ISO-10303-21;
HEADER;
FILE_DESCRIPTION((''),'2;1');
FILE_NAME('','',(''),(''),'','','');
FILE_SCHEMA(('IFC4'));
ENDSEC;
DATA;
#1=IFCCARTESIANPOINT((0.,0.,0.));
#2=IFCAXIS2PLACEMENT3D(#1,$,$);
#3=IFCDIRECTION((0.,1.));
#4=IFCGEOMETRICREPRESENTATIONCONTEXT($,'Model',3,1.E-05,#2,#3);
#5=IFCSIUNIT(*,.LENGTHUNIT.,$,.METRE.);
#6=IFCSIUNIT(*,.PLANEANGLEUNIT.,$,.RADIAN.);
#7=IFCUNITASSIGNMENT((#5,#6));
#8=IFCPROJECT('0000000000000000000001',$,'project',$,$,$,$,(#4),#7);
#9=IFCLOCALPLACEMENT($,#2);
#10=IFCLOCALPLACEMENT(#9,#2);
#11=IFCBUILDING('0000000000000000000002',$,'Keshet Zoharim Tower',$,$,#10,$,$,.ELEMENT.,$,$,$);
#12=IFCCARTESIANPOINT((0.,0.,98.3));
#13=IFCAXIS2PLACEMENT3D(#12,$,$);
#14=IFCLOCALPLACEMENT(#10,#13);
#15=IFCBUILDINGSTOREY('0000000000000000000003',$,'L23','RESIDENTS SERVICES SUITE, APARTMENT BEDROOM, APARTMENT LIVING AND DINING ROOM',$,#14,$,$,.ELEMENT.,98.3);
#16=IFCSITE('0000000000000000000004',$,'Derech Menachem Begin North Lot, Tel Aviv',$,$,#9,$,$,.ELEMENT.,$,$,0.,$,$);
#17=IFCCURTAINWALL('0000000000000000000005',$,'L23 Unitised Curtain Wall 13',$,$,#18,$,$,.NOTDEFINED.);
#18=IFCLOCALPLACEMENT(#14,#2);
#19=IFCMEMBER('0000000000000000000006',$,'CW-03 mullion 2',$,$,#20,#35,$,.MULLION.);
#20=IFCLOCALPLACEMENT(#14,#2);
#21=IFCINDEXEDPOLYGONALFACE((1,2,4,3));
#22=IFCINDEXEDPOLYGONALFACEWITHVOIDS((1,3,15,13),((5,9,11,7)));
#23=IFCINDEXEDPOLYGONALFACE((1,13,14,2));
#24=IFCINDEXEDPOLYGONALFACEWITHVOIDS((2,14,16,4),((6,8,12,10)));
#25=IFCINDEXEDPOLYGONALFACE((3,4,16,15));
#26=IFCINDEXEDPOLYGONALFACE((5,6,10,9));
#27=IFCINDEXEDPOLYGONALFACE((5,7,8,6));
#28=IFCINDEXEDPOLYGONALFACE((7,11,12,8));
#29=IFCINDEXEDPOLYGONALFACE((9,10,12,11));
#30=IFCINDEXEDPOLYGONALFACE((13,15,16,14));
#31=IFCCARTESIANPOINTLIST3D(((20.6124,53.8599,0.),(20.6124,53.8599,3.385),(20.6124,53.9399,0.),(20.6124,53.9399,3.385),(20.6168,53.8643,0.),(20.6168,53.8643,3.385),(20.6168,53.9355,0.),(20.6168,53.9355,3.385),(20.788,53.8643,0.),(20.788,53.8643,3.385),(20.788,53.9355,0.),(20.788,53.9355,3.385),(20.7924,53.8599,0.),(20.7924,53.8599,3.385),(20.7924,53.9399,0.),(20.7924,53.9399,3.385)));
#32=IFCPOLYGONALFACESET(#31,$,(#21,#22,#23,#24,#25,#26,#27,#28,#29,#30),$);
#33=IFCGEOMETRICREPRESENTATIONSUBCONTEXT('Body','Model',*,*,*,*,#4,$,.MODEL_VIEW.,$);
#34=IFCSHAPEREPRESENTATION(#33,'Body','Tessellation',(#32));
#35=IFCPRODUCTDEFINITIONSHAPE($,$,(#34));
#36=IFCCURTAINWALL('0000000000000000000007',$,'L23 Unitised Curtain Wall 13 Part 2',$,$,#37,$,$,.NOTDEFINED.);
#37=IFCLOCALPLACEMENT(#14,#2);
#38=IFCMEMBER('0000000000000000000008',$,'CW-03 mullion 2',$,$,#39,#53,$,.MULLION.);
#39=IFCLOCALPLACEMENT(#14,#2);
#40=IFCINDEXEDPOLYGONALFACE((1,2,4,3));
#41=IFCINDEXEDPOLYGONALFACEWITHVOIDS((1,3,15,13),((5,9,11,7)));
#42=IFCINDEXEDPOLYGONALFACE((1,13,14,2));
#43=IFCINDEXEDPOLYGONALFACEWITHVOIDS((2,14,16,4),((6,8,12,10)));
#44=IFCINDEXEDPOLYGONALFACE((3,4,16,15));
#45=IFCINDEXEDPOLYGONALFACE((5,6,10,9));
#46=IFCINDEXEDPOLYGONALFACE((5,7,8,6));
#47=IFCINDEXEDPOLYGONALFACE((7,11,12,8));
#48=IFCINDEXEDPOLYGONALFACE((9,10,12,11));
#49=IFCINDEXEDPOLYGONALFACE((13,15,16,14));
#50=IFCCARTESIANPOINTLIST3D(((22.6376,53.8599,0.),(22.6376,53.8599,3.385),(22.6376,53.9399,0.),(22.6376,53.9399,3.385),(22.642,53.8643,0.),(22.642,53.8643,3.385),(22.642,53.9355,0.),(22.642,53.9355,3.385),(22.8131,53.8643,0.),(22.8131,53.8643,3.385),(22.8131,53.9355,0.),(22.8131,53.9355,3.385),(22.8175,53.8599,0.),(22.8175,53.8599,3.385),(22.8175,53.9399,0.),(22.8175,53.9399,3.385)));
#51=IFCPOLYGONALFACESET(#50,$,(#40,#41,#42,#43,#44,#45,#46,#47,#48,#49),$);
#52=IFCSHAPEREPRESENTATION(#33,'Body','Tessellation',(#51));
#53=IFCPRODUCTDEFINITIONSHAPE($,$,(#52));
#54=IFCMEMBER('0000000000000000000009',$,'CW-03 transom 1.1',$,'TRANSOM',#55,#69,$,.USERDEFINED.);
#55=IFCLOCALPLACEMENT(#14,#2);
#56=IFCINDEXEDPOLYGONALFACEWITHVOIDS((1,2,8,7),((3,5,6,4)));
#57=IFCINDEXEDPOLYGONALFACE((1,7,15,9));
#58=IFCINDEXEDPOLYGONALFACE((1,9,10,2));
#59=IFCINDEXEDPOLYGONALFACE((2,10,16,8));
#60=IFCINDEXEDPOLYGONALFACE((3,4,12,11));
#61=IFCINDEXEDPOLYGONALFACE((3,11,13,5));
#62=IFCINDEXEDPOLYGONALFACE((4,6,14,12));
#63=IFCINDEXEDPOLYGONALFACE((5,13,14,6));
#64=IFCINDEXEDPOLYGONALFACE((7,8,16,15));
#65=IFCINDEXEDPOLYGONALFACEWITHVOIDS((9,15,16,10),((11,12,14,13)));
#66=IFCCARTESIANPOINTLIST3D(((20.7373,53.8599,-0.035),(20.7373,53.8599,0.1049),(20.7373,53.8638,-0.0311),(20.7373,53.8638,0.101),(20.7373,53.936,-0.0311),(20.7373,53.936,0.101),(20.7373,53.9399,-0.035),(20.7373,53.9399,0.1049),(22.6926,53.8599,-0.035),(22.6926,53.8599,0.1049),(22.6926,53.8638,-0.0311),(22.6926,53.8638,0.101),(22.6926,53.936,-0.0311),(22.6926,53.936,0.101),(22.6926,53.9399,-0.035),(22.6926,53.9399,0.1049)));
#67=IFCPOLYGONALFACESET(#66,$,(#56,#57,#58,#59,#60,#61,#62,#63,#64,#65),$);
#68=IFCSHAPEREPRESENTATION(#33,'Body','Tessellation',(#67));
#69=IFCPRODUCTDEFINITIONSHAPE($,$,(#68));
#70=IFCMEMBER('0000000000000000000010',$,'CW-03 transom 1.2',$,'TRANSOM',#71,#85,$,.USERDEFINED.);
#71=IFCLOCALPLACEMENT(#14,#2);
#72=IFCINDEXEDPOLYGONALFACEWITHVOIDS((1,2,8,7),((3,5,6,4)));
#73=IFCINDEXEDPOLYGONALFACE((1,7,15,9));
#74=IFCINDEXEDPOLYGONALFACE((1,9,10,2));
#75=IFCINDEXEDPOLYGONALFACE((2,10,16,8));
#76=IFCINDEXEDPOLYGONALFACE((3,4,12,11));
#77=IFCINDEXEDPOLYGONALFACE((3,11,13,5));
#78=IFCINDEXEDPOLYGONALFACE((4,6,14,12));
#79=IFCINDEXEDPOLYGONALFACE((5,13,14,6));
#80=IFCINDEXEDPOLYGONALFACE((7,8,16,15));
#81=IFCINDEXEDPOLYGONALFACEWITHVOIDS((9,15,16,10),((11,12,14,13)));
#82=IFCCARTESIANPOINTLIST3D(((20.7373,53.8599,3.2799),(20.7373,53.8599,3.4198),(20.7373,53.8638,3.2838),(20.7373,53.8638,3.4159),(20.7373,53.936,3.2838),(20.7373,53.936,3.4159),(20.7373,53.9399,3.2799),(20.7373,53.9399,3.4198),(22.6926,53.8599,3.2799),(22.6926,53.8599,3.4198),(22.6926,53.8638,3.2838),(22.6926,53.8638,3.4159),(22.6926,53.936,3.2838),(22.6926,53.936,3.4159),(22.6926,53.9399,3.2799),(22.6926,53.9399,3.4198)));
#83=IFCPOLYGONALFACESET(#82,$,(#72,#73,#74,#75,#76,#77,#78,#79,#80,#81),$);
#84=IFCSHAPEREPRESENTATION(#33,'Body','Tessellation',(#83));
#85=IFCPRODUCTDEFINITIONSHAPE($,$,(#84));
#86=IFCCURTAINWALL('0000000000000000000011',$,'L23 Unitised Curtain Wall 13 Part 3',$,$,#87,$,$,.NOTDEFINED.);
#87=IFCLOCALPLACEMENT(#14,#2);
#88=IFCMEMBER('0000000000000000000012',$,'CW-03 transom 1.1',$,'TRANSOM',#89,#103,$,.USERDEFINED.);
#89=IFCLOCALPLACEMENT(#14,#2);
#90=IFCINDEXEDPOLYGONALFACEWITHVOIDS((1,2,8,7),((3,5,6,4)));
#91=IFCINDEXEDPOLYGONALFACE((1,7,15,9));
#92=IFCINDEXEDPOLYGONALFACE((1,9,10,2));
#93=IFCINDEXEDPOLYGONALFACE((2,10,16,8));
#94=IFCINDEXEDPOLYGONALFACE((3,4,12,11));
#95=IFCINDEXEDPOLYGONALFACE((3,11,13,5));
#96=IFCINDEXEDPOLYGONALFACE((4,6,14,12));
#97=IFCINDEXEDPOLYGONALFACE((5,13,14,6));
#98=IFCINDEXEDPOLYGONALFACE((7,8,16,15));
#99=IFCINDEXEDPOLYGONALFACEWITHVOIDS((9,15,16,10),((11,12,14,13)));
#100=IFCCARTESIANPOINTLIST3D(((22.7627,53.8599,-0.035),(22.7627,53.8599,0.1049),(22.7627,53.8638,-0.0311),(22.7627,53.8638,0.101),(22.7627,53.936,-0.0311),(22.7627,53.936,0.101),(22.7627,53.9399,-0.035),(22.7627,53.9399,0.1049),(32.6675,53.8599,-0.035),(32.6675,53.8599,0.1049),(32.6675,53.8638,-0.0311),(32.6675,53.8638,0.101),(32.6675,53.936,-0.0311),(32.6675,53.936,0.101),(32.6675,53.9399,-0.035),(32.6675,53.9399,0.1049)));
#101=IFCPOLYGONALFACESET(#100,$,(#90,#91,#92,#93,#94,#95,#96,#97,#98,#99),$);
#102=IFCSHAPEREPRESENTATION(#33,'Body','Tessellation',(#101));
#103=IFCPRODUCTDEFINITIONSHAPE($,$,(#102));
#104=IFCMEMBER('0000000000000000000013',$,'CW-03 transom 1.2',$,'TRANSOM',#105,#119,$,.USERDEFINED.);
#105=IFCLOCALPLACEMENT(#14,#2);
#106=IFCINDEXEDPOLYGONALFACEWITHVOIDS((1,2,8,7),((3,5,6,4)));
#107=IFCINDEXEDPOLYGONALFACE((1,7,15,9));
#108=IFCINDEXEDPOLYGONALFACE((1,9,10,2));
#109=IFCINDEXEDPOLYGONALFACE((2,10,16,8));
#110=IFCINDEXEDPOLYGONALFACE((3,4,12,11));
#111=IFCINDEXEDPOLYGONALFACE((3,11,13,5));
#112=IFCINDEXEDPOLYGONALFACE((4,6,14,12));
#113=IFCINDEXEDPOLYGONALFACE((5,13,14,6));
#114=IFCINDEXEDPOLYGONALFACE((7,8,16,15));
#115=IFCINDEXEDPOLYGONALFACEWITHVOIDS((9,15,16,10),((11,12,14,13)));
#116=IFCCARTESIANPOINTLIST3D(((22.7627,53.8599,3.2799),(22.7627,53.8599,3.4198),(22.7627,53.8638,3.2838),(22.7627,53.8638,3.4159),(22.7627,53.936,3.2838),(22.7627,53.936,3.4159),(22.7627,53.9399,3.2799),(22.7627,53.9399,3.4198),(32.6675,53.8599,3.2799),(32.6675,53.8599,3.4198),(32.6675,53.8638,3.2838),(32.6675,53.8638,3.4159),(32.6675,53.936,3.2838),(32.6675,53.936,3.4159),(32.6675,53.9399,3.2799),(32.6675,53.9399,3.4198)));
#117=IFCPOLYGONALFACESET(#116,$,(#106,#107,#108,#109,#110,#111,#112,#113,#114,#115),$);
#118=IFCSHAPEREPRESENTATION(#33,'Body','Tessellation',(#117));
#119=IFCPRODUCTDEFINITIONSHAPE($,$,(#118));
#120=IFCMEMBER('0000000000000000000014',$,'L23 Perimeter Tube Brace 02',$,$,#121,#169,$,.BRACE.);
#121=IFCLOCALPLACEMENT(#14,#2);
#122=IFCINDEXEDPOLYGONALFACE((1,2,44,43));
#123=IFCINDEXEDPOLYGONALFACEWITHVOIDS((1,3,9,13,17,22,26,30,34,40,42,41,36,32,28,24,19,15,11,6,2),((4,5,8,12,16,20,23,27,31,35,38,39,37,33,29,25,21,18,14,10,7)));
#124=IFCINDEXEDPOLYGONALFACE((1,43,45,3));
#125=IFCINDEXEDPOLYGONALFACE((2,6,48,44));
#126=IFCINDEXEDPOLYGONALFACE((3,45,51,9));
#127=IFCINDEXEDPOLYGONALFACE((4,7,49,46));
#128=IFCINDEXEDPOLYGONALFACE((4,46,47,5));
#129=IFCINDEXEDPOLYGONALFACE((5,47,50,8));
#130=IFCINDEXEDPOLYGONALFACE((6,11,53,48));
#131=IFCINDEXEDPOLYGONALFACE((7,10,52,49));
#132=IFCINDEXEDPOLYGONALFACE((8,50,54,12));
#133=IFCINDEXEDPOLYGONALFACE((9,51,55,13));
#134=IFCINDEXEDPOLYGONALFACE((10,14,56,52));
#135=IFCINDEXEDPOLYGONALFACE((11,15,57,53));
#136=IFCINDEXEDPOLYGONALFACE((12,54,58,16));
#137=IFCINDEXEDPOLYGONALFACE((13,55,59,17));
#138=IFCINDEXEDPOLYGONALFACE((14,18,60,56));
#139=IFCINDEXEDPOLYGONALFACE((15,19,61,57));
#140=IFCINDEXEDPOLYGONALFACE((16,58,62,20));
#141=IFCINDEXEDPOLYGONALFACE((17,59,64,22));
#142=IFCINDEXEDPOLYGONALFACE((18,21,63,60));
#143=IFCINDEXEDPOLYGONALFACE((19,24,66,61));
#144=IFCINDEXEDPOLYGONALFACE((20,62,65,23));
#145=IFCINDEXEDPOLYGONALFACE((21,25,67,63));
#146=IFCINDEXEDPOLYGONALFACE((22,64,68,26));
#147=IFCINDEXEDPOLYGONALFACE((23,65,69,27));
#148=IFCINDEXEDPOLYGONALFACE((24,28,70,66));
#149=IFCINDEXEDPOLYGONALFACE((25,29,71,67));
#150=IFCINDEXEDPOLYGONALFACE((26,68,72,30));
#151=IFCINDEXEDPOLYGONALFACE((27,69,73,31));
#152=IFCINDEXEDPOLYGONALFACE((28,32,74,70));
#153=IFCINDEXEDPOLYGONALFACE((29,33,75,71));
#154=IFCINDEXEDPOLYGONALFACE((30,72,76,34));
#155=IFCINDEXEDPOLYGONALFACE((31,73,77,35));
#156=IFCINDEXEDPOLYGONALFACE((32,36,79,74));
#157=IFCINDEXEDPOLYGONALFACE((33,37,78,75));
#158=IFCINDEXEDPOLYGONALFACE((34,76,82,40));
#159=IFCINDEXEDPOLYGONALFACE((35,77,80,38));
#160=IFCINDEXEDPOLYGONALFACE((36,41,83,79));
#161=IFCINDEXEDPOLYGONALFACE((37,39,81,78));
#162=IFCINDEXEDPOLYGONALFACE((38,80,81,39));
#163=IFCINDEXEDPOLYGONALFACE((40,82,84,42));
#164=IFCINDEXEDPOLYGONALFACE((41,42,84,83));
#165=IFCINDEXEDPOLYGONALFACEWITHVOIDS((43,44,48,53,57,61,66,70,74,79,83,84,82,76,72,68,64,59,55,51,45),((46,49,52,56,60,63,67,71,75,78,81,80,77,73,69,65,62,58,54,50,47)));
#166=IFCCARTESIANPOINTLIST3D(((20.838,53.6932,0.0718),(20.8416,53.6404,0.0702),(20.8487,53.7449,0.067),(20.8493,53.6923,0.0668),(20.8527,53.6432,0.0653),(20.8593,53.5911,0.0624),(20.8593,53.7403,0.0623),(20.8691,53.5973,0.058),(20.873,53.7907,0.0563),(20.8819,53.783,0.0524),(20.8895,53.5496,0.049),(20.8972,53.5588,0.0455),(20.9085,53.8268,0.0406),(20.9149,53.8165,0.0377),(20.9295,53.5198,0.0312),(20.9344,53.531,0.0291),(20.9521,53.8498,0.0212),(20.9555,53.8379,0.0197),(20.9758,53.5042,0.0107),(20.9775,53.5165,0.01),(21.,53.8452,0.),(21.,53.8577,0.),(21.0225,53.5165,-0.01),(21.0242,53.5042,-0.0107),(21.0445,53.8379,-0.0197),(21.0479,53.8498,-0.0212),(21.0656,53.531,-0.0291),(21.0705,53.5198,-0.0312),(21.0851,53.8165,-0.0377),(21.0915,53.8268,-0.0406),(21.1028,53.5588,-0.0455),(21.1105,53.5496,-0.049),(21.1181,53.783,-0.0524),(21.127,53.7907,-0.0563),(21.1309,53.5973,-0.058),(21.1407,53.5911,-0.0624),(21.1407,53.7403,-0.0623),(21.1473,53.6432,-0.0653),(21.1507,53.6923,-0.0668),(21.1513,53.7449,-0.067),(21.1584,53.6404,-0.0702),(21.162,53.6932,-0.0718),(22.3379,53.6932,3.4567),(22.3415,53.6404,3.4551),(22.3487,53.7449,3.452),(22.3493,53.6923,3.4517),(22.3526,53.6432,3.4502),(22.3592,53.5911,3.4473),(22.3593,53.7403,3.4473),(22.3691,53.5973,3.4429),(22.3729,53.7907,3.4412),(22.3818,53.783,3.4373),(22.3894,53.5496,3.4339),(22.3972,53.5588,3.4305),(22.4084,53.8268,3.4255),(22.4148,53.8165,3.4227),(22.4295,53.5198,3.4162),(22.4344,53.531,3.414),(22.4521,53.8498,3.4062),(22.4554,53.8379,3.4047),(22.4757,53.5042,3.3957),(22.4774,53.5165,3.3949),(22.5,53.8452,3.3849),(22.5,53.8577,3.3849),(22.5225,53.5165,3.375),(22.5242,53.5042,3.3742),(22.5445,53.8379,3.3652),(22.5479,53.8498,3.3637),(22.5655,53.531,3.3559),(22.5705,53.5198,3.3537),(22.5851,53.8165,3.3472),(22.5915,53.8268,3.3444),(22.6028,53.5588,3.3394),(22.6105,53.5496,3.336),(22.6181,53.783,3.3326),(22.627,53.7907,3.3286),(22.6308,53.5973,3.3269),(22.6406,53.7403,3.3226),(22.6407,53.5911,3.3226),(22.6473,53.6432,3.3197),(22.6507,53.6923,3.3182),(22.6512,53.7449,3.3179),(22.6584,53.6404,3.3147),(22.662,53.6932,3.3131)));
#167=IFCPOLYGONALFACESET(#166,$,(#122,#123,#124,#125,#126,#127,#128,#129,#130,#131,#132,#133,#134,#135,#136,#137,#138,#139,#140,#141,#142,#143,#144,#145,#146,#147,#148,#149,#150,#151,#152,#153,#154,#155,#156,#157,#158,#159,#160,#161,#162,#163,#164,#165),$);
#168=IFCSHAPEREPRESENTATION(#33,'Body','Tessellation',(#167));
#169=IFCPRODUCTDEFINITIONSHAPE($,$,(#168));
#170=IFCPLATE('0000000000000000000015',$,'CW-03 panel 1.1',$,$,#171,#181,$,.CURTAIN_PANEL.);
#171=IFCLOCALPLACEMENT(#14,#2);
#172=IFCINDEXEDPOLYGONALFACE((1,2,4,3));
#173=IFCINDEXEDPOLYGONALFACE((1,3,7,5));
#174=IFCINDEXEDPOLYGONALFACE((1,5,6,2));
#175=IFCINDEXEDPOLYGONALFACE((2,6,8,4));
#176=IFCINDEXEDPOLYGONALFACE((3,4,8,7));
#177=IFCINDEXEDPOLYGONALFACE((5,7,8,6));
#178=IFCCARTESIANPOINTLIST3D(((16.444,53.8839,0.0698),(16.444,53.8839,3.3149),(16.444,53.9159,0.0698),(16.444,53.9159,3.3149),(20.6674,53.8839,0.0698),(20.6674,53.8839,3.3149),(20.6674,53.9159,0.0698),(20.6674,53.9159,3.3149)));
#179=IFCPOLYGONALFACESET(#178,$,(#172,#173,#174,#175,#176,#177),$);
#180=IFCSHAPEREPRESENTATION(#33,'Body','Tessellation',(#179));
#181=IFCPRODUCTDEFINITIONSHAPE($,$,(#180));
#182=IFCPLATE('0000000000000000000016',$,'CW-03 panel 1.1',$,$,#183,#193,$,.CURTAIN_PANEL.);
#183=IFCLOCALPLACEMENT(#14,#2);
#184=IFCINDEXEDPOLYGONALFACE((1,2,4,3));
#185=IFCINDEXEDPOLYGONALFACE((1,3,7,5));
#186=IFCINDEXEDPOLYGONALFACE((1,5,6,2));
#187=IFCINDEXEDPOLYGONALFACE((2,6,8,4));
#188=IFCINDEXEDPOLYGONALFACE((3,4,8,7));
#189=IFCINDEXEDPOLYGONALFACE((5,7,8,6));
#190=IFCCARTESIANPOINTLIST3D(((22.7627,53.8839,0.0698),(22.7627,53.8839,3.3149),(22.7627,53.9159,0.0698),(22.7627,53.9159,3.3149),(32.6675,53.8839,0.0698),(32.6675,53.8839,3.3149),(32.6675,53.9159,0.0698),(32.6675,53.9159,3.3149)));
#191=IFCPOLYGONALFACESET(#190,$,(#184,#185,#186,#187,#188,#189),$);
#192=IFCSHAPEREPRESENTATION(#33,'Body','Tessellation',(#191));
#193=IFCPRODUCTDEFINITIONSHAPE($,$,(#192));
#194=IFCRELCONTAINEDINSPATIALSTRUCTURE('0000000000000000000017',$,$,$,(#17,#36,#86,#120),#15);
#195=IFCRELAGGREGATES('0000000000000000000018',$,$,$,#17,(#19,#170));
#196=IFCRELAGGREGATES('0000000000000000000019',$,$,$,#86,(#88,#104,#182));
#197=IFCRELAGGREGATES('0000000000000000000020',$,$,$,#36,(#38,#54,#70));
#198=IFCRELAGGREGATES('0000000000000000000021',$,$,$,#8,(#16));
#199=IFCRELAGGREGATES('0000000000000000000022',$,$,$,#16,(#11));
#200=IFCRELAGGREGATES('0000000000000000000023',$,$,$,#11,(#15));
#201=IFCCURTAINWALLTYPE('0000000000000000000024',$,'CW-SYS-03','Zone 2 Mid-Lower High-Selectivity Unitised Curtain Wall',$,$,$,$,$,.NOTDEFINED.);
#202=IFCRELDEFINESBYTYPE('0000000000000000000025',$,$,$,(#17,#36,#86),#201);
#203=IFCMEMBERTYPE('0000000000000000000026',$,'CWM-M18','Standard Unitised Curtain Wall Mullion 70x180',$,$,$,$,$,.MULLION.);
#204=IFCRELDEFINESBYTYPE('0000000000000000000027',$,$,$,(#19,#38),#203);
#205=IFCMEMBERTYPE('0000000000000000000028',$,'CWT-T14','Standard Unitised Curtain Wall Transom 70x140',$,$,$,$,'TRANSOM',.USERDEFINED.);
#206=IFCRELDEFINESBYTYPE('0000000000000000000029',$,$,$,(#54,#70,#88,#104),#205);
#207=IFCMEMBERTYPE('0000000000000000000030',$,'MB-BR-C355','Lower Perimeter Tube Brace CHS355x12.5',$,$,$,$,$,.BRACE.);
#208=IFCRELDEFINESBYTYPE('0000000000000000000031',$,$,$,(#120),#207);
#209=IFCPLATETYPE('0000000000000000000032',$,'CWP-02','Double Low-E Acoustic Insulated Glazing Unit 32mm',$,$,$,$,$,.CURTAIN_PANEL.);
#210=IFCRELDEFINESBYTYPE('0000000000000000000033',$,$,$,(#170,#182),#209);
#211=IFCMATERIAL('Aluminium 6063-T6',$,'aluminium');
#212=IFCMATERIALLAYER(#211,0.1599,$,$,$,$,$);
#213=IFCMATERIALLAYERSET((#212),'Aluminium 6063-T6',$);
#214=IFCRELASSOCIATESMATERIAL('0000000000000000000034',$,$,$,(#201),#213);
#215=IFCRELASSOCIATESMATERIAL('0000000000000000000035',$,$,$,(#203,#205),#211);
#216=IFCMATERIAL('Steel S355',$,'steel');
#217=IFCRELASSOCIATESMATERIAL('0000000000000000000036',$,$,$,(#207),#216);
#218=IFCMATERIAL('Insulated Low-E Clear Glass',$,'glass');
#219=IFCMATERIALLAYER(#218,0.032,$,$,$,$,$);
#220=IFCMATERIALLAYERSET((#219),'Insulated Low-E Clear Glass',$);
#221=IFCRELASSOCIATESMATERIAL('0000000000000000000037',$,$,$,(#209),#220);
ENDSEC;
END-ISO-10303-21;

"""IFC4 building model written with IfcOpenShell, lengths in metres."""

from ifc_helpers import new_model, si_unit, direction, frame, origin, origin_2d, place, context, subcontext, project, spatial, rectangle, hollow_rectangle, hollow_circle, extrude, material, layer, layer_set, material_profile, profile_set, type_object, element, aggregate, save


model = new_model("IFC4")

# Units and contexts
model_context = context("Model", 3, precision=1e-05, world=origin(), true_north=direction((0.0, 1.0)))
body_context = subcontext(model_context, "Body", "Model", "MODEL_VIEW")
ifc_project = project(units=[si_unit("LENGTHUNIT", "METRE"), si_unit("PLANEANGLEUNIT", "RADIAN")], contexts=[model_context])

# Site, building, storey
site_placement = place(None, origin())
site = spatial("IfcSite", under=ifc_project, at=site_placement, Name="Derech Menachem Begin North Lot, Tel Aviv", CompositionType="ELEMENT", RefElevation=0.0)
building_placement = place(site_placement, origin())
building = spatial("IfcBuilding", under=site, at=building_placement, Name="Keshet Zoharim Tower", CompositionType="ELEMENT")
storey_placement = place(building_placement, frame((0.0, 0.0, 98.3)))
storey = spatial("IfcBuildingStorey", under=building, at=storey_placement, Name="L23", Description="RESIDENTS SERVICES SUITE, APARTMENT BEDROOM, APARTMENT LIVING AND DINING ROOM", CompositionType="ELEMENT", Elevation=98.3)

# Shared definitions
ifc_material_1 = material(Name="Steel S355", Category="steel")

# Curtain wall, member
ifc_material_2 = material(Name="Aluminium 6063-T6", Category="aluminium")
ifc_layer_1 = layer(ifc_material_2, 0.1599)
ifc_layer_set_1 = layer_set([ifc_layer_1], Name="Aluminium 6063-T6")
curtain_wall_type = type_object("IfcCurtainWallType", Name="CW-SYS-03", Description="Zone 2 Mid-Lower High-Selectivity Unitised Curtain Wall", PredefinedType="NOTDEFINED", material=ifc_layer_set_1)
curtain_wall_1_placement = place(storey_placement, origin())
curtain_wall_1 = element("IfcCurtainWall", 1, at=curtain_wall_1_placement, inside=storey, type_object=curtain_wall_type, Name="L23 Unitised Curtain Wall 13", PredefinedType="NOTDEFINED")
ifc_material_profile_1 = material_profile(ifc_material_2, hollow_rectangle(XDim=0.0801, YDim=0.1799, WallThickness=0.0044, at=origin_2d()), Name="MUL-80x180")
ifc_profile_set_1 = profile_set([ifc_material_profile_1], Name="Aluminium 6063-T6")
member_type_1 = type_object("IfcMemberType", Name="CWM-M18", Description="Standard Unitised Curtain Wall Mullion 70x180", PredefinedType="MULLION", material=ifc_profile_set_1)
member_1_placement = place(storey_placement, frame((20.7024, 53.8999, 0.0), z_axis=(0.0, 0.0, 1.0), x_axis=(0.0, 1.0, 0.0)))
member_1 = element("IfcMember", 2, at=member_1_placement, type_object=member_type_1, Name="CW-03 mullion 2", PredefinedType="MULLION", context=body_context, shape_type="SweptSolid", body=[
    extrude(hollow_rectangle(XDim=0.0801, YDim=0.1799, WallThickness=0.0044, at=origin_2d()), origin(), (0.0, 0.0, 1.0), 3.385),
])

# Curtain walls, members
curtain_wall_2_placement = place(storey_placement, origin())
curtain_wall_2 = element("IfcCurtainWall", 3, at=curtain_wall_2_placement, inside=storey, type_object=curtain_wall_type, Name="L23 Unitised Curtain Wall 13 Part 2", PredefinedType="NOTDEFINED")
member_2_placement = place(storey_placement, frame((22.7275, 53.8999, 0.0), z_axis=(0.0, 0.0, 1.0), x_axis=(0.0, 1.0, 0.0)))
member_2 = element("IfcMember", 4, at=member_2_placement, type_object=member_type_1, Name="CW-03 mullion 2", PredefinedType="MULLION", context=body_context, shape_type="SweptSolid", body=[
    extrude(hollow_rectangle(XDim=0.0801, YDim=0.1799, WallThickness=0.0044, at=origin_2d()), origin(), (0.0, 0.0, 1.0), 3.385),
])
ifc_material_profile_2 = material_profile(ifc_material_2, hollow_rectangle(XDim=0.0801, YDim=0.1399, WallThickness=0.0039, at=origin_2d()), Name="TRN-80x140")
ifc_profile_set_2 = profile_set([ifc_material_profile_2], Name="Aluminium 6063-T6")
member_type_2 = type_object("IfcMemberType", Name="CWT-T14", Description="Standard Unitised Curtain Wall Transom 70x140", ElementType="TRANSOM", PredefinedType="USERDEFINED", material=ifc_profile_set_2)
member_3_placement = place(storey_placement, frame((20.7373, 53.8999, 0.0349), z_axis=(1.0, 0.0, 0.0), x_axis=(0.0, 1.0, 0.0)))
member_3 = element("IfcMember", 5, at=member_3_placement, type_object=member_type_2, Name="CW-03 transom 1.1", ObjectType="TRANSOM", PredefinedType="USERDEFINED", context=body_context, shape_type="SweptSolid", body=[
    extrude(hollow_rectangle(XDim=0.0801, YDim=0.1399, WallThickness=0.0039, at=origin_2d()), origin(), (0.0, 0.0, 1.0), 1.9553),
])
member_4_placement = place(storey_placement, frame((20.7373, 53.8999, 3.3499), z_axis=(1.0, 0.0, 0.0), x_axis=(0.0, 1.0, 0.0)))
member_4 = element("IfcMember", 6, at=member_4_placement, type_object=member_type_2, Name="CW-03 transom 1.2", ObjectType="TRANSOM", PredefinedType="USERDEFINED", context=body_context, shape_type="SweptSolid", body=[
    extrude(hollow_rectangle(XDim=0.0801, YDim=0.1399, WallThickness=0.0039, at=origin_2d()), origin(), (0.0, 0.0, 1.0), 1.9553),
])
curtain_wall_3_placement = place(storey_placement, origin())
curtain_wall_3 = element("IfcCurtainWall", 7, at=curtain_wall_3_placement, inside=storey, type_object=curtain_wall_type, Name="L23 Unitised Curtain Wall 13 Part 3", PredefinedType="NOTDEFINED")
member_5_placement = place(storey_placement, frame((22.7627, 53.8999, 0.0349), z_axis=(1.0, 0.0, 0.0), x_axis=(0.0, 1.0, 0.0)))
member_5 = element("IfcMember", 8, at=member_5_placement, type_object=member_type_2, Name="CW-03 transom 1.1", ObjectType="TRANSOM", PredefinedType="USERDEFINED", context=body_context, shape_type="SweptSolid", body=[
    extrude(hollow_rectangle(XDim=0.0801, YDim=0.1399, WallThickness=0.0039, at=origin_2d()), origin(), (0.0, 0.0, 1.0), 9.9048),
])
member_6_placement = place(storey_placement, frame((22.7627, 53.8999, 3.3499), z_axis=(1.0, 0.0, 0.0), x_axis=(0.0, 1.0, 0.0)))
member_6 = element("IfcMember", 9, at=member_6_placement, type_object=member_type_2, Name="CW-03 transom 1.2", ObjectType="TRANSOM", PredefinedType="USERDEFINED", context=body_context, shape_type="SweptSolid", body=[
    extrude(hollow_rectangle(XDim=0.0801, YDim=0.1399, WallThickness=0.0039, at=origin_2d()), origin(), (0.0, 0.0, 1.0), 9.9048),
])

# Member
ifc_material_profile_3 = material_profile(ifc_material_1, hollow_circle(Radius=0.1777, WallThickness=0.0125, at=origin_2d()), Name="CHS355x12.5")
ifc_profile_set_3 = profile_set([ifc_material_profile_3], Name="Steel S355")
member_type_3 = type_object("IfcMemberType", Name="MB-BR-C355", Description="Lower Perimeter Tube Brace CHS355x12.5", PredefinedType="BRACE", material=ifc_profile_set_3)
member_7_placement = place(storey_placement, frame((21.0, 53.6799, 0.0), z_axis=(0.405135, 0.0, 0.914257), x_axis=(0.0, 1.0, 0.0)))
element("IfcMember", 10, at=member_7_placement, inside=storey, type_object=member_type_3, Name="L23 Perimeter Tube Brace 02", PredefinedType="BRACE", context=body_context, shape_type="SweptSolid", body=[
    extrude(hollow_circle(Radius=0.1777, WallThickness=0.0125, at=origin_2d()), origin(), (0.0, 0.0, 1.0), 3.7024),
])

# Plates
ifc_material_3 = material(Name="Insulated Low-E Clear Glass", Category="glass")
ifc_layer_2 = layer(ifc_material_3, 0.032)
ifc_layer_set_2 = layer_set([ifc_layer_2], Name="Insulated Low-E Clear Glass")
plate_type_1 = type_object("IfcPlateType", Name="CWP-02", Description="Double Low-E Acoustic Insulated Glazing Unit 32mm", PredefinedType="CURTAIN_PANEL", material=ifc_layer_set_2)
plate_1_placement = place(storey_placement, frame((18.5557, 53.8999, 0.0698), z_axis=(0.0, 0.0, 1.0), x_axis=(1.0, 0.0, 0.0)))
plate_1 = element("IfcPlate", 11, at=plate_1_placement, type_object=plate_type_1, Name="CW-03 panel 1.1", PredefinedType="CURTAIN_PANEL", context=body_context, shape_type="SweptSolid", body=[
    extrude(rectangle(XDim=4.2234, YDim=0.032, at=origin_2d()), origin(), (0.0, 0.0, 1.0), 3.2451),
])
aggregate(curtain_wall_1, [member_1, plate_1])
plate_2_placement = place(storey_placement, frame((27.7151, 53.8999, 0.0698), z_axis=(0.0, 0.0, 1.0), x_axis=(1.0, 0.0, 0.0)))
plate_2 = element("IfcPlate", 12, at=plate_2_placement, type_object=plate_type_1, Name="CW-03 panel 1.1", PredefinedType="CURTAIN_PANEL", context=body_context, shape_type="SweptSolid", body=[
    extrude(rectangle(XDim=9.9048, YDim=0.032, at=origin_2d()), origin(), (0.0, 0.0, 1.0), 3.2451),
])
aggregate(curtain_wall_3, [member_5, member_6, plate_2])
aggregate(curtain_wall_2, [member_2, member_3, member_4])

save(model, "model.ifc")
